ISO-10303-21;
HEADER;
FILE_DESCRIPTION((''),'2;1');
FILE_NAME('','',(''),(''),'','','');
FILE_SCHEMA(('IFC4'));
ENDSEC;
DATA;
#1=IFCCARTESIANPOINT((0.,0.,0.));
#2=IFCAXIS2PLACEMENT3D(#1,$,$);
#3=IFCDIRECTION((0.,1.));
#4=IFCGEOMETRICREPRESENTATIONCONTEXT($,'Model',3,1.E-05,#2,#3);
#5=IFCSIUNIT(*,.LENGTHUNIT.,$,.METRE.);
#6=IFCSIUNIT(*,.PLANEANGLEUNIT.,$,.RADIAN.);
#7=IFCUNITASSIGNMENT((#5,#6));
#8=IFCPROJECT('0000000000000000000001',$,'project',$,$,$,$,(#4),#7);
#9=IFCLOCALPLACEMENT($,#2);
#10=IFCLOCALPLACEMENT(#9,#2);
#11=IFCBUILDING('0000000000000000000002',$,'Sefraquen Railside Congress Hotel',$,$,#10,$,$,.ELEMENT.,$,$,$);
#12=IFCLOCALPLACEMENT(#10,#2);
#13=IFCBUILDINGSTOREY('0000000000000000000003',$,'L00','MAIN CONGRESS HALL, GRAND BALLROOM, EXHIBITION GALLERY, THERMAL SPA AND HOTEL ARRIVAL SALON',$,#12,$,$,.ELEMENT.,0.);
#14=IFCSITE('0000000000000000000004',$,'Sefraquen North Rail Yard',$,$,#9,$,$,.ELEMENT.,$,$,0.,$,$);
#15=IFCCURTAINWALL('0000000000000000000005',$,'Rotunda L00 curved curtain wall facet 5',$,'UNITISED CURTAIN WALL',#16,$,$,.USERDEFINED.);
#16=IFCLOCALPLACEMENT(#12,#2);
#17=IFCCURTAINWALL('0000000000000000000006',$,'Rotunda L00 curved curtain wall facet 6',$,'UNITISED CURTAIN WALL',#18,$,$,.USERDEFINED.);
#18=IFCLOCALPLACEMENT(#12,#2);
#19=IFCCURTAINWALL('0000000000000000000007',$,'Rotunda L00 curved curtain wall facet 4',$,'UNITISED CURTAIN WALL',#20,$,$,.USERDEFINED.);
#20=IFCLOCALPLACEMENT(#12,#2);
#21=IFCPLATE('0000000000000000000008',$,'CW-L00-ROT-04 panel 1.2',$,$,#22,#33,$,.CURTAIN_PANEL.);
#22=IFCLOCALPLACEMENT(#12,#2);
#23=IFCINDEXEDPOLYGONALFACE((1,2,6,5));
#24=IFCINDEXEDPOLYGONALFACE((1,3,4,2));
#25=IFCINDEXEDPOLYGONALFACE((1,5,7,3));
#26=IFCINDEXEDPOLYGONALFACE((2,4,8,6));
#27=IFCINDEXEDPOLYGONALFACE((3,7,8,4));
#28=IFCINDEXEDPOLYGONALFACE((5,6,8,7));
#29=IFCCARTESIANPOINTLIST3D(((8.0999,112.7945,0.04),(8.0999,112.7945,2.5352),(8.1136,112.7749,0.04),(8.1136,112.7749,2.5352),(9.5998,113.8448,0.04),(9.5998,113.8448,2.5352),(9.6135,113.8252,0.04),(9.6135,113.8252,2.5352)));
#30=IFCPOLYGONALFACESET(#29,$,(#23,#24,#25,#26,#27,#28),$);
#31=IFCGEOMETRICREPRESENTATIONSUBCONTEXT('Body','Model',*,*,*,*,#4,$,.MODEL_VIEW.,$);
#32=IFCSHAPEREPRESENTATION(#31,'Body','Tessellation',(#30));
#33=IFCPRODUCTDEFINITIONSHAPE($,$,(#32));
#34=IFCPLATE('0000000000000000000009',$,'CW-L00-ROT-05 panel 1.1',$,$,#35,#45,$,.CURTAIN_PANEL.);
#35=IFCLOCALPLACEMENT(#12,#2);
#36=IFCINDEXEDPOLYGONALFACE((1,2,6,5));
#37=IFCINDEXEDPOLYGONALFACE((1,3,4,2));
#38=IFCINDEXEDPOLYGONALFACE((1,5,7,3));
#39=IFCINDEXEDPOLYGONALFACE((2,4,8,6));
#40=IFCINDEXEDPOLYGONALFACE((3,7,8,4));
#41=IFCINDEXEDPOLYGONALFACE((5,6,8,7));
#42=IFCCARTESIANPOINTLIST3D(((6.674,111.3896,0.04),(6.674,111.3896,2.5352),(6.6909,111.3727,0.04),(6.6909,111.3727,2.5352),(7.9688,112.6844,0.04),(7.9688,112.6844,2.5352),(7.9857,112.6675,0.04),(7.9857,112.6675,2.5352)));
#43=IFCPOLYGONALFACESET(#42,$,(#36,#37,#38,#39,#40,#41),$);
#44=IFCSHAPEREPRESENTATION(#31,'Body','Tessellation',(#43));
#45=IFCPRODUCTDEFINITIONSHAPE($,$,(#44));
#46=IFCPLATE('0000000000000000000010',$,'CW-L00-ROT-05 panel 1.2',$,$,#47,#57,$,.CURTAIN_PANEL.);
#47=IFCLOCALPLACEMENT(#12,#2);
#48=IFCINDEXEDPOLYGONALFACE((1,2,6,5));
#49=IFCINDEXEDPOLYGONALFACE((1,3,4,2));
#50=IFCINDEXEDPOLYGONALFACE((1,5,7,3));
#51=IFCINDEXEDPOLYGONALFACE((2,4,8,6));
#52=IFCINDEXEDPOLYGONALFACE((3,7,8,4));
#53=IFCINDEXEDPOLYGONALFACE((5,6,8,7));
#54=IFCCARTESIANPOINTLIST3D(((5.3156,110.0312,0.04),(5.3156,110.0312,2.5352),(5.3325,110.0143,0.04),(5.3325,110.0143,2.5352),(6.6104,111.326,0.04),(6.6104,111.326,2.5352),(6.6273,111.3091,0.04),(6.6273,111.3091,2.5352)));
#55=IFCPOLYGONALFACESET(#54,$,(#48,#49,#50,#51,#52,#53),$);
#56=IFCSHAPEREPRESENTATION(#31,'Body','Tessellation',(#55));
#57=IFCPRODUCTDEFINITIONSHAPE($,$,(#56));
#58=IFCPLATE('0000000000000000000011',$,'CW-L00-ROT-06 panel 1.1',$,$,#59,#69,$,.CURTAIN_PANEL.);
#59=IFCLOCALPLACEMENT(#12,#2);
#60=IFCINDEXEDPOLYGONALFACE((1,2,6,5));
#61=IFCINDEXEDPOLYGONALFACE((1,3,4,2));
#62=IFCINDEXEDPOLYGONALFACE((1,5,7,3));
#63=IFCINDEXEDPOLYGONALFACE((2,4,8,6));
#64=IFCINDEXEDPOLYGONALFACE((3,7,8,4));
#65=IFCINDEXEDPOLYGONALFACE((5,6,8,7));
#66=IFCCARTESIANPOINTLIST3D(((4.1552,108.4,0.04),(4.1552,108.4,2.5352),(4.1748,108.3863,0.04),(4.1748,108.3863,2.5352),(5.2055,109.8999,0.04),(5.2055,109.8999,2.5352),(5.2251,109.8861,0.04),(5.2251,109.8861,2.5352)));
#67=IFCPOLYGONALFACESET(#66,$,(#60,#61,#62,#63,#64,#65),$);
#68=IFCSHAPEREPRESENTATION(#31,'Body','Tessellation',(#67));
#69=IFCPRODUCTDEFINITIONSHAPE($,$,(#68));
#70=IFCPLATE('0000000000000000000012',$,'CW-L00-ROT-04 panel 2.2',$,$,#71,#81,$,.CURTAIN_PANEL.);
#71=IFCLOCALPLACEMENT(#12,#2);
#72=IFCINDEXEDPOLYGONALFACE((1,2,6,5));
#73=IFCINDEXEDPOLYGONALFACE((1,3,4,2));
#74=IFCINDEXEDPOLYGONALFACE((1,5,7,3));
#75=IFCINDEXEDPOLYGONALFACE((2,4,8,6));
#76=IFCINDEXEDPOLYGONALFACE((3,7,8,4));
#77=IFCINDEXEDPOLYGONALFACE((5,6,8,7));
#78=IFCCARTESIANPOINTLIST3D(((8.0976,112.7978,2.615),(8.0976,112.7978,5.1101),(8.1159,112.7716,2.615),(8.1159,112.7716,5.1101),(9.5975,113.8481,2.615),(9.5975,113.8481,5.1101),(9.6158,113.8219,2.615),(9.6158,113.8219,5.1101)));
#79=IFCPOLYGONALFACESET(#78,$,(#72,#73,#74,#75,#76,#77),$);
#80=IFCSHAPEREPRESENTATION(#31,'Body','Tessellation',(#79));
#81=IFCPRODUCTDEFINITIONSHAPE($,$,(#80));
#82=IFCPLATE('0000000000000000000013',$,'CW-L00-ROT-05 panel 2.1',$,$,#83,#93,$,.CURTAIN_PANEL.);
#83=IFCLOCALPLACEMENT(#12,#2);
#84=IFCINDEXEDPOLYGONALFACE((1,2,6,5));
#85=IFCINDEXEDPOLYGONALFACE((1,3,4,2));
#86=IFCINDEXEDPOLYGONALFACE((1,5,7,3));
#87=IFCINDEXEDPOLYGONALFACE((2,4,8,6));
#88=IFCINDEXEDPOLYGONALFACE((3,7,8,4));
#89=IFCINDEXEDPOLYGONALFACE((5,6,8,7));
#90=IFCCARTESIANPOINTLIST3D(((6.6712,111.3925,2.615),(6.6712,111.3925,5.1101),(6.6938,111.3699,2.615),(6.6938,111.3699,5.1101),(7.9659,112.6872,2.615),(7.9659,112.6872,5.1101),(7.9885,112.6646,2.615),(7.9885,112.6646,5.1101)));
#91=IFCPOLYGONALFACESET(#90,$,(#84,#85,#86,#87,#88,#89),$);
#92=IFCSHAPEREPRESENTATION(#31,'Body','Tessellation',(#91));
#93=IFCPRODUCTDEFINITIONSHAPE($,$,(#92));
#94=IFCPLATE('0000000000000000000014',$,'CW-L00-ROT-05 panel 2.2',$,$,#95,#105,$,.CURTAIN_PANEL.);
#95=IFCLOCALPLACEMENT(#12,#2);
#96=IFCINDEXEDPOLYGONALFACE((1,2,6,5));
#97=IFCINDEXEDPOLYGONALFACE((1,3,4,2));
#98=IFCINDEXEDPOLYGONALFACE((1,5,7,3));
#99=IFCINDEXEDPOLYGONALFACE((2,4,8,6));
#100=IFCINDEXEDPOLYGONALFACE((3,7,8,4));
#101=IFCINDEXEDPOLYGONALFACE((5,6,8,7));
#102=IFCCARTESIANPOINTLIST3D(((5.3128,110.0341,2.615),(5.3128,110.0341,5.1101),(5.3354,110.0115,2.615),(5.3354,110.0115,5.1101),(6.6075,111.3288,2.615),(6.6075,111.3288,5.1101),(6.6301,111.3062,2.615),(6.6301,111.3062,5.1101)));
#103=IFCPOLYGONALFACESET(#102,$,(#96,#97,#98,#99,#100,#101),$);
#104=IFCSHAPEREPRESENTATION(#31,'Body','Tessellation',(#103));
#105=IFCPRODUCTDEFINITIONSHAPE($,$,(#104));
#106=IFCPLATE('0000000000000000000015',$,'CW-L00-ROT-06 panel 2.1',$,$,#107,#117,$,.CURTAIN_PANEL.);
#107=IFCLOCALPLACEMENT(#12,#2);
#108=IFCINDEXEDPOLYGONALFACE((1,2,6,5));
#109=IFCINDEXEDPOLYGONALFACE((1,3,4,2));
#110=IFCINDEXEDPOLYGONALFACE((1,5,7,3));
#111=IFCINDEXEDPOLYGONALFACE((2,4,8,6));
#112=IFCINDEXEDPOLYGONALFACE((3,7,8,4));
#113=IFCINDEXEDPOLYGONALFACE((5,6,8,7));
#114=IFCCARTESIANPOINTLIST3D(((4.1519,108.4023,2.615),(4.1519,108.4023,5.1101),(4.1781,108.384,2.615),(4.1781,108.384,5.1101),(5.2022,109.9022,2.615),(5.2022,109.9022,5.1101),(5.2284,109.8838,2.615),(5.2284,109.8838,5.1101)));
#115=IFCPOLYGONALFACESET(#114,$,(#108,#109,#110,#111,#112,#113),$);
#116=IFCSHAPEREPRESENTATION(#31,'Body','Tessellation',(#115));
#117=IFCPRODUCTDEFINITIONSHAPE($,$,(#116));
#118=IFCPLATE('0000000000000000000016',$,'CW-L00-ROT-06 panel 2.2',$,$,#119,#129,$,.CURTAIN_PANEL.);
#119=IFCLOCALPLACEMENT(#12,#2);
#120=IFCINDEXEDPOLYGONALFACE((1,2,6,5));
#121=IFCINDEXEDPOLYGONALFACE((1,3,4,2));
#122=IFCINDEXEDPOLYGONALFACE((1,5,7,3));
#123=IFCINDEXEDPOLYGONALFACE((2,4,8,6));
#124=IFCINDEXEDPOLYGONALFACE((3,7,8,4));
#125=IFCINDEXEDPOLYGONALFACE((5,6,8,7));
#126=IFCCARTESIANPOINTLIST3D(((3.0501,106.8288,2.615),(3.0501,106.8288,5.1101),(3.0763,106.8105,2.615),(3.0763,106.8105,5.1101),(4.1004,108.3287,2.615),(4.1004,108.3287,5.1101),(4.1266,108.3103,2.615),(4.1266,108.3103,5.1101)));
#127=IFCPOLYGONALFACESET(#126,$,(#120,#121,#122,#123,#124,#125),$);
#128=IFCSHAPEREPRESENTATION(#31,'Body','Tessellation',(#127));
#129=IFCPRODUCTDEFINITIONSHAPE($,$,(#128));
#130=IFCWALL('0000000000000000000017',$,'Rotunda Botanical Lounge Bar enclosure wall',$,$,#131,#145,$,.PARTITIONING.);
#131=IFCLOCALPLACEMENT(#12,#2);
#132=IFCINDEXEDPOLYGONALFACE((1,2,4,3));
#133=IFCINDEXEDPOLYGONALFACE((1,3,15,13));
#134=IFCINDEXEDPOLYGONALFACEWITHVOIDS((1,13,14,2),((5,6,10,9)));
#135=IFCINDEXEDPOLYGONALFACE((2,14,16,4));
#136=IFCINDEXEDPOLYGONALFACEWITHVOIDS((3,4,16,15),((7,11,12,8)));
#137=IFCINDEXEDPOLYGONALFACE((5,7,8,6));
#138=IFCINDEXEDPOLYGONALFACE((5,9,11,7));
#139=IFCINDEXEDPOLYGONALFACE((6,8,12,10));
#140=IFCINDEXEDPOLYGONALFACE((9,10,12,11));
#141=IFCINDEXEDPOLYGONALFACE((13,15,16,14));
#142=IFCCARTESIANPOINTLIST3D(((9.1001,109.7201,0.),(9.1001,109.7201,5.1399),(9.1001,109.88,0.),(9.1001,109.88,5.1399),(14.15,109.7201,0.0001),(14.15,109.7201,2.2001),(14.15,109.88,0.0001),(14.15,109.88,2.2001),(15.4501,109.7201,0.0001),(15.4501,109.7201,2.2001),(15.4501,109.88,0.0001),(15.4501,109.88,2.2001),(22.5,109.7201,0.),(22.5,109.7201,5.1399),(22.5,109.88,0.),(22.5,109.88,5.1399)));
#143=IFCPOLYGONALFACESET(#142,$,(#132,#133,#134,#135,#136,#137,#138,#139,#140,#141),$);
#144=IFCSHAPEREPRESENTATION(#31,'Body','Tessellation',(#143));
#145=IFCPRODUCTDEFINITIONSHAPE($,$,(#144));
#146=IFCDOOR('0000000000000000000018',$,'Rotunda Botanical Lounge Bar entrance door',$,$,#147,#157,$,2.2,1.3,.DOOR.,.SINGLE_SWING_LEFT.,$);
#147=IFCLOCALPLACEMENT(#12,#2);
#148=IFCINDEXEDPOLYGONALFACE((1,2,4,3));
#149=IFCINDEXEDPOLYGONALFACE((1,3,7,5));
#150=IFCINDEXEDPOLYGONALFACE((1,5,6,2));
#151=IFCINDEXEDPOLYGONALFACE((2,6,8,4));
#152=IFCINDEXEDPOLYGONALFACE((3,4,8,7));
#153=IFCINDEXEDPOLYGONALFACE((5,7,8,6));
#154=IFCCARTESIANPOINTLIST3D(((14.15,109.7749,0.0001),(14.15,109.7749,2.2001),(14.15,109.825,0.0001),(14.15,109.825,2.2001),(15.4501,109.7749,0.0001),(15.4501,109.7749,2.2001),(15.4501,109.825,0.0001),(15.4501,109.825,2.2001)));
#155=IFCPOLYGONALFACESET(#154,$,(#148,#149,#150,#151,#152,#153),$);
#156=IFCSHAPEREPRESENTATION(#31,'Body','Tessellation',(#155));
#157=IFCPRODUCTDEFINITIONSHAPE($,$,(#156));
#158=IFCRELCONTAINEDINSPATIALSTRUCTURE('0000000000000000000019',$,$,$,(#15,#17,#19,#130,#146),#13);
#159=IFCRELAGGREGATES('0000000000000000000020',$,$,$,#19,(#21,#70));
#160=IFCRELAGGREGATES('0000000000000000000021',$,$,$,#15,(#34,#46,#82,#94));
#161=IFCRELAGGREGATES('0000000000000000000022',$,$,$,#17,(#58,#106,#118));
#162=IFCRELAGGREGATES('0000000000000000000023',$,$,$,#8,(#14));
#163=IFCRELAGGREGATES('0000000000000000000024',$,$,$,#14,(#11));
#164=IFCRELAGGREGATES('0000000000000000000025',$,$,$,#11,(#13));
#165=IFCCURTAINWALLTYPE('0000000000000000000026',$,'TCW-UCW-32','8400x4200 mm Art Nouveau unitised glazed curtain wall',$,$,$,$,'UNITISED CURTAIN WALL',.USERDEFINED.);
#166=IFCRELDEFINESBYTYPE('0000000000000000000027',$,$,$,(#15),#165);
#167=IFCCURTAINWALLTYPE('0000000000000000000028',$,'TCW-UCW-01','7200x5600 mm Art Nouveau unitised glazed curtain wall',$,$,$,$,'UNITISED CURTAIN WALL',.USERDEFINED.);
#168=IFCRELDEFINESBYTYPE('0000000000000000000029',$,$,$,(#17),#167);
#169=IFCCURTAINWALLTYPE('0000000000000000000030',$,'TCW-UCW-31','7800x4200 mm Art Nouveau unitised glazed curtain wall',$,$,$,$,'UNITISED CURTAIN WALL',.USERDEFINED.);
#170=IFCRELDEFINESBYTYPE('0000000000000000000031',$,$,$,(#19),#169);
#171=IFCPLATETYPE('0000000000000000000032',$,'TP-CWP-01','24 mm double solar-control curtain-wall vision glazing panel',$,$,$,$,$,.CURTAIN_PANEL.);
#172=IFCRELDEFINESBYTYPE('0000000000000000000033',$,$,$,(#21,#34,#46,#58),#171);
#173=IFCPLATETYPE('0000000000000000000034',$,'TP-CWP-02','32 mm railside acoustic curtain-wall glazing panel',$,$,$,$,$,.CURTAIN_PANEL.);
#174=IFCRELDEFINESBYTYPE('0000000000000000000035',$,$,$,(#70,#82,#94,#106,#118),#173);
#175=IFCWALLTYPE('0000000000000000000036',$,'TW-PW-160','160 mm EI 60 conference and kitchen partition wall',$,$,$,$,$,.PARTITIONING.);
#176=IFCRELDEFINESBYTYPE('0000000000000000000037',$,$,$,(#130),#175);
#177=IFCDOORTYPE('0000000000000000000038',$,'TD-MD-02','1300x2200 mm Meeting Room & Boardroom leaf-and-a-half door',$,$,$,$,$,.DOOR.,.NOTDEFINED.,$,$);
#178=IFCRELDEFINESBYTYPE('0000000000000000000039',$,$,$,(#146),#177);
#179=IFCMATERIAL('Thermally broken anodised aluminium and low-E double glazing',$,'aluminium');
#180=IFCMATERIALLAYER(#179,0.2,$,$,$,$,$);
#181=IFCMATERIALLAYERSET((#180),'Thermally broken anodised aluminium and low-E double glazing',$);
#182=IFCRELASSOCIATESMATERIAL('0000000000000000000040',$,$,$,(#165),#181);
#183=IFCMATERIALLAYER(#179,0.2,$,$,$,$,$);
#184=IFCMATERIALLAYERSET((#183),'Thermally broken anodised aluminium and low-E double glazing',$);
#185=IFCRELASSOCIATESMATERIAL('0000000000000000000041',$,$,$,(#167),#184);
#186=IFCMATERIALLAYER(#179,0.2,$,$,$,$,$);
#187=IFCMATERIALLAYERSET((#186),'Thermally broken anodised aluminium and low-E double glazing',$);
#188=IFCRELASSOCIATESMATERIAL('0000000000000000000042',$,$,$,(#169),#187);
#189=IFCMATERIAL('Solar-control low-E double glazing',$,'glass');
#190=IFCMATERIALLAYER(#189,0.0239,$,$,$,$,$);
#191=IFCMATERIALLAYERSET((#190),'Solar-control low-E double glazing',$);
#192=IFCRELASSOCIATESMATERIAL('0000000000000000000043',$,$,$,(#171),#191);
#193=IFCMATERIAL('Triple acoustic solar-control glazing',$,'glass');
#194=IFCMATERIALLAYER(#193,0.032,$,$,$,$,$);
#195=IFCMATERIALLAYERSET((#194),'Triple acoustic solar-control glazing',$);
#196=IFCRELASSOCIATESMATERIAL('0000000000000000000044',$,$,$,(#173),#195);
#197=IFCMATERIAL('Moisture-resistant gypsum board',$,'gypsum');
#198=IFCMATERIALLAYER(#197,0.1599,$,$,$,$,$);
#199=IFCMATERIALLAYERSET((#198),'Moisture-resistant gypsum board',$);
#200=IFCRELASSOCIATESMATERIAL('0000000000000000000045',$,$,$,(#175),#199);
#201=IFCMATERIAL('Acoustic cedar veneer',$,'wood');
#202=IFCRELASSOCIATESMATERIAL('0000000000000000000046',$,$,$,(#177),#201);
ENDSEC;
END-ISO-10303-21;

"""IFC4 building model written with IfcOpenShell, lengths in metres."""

from ifc_helpers import new_model, si_unit, direction, frame, frame_2d, origin, origin_2d, place, context, subcontext, project, spatial, rectangle, extrude, material, layer, layer_set, type_object, element, fill, aggregate, save


model = new_model("IFC4")

# Units and contexts
model_context = context("Model", 3, precision=1e-05, world=origin(), true_north=direction((0.0, 1.0)))
body_context = subcontext(model_context, "Body", "Model", "MODEL_VIEW")
ifc_project = project(units=[si_unit("LENGTHUNIT", "METRE"), si_unit("PLANEANGLEUNIT", "RADIAN")], contexts=[model_context])

# Site, building, storey
site_placement = place(None, origin())
site = spatial("IfcSite", under=ifc_project, at=site_placement, Name="Sefraquen North Rail Yard", CompositionType="ELEMENT", RefElevation=0.0)
building_placement = place(site_placement, origin())
building = spatial("IfcBuilding", under=site, at=building_placement, Name="Sefraquen Railside Congress Hotel", CompositionType="ELEMENT")
storey_placement = place(building_placement, origin())
storey = spatial("IfcBuildingStorey", under=building, at=storey_placement, Name="L00", Description="MAIN CONGRESS HALL, GRAND BALLROOM, EXHIBITION GALLERY, THERMAL SPA AND HOTEL ARRIVAL SALON", CompositionType="ELEMENT", Elevation=0.0)

# Curtain walls
ifc_material_1 = material(Name="Thermally broken anodised aluminium and low-E double glazing", Category="aluminium")
ifc_layer_1 = layer(ifc_material_1, 0.2)
ifc_layer_set_1 = layer_set([ifc_layer_1], Name="Thermally broken anodised aluminium and low-E double glazing")
curtain_wall_type_1 = type_object("IfcCurtainWallType", Name="TCW-UCW-32", Description="8400x4200 mm Art Nouveau unitised glazed curtain wall", ElementType="UNITISED CURTAIN WALL", PredefinedType="USERDEFINED", material=ifc_layer_set_1)
curtain_wall_1_placement = place(storey_placement, origin())
curtain_wall_1 = element("IfcCurtainWall", 1, at=curtain_wall_1_placement, inside=storey, type_object=curtain_wall_type_1, Name="Rotunda L00 curved curtain wall facet 5", ObjectType="UNITISED CURTAIN WALL", PredefinedType="USERDEFINED")
ifc_layer_2 = layer(ifc_material_1, 0.2)
ifc_layer_set_2 = layer_set([ifc_layer_2], Name="Thermally broken anodised aluminium and low-E double glazing")
curtain_wall_type_2 = type_object("IfcCurtainWallType", Name="TCW-UCW-01", Description="7200x5600 mm Art Nouveau unitised glazed curtain wall", ElementType="UNITISED CURTAIN WALL", PredefinedType="USERDEFINED", material=ifc_layer_set_2)
curtain_wall_2_placement = place(storey_placement, origin())
curtain_wall_2 = element("IfcCurtainWall", 2, at=curtain_wall_2_placement, inside=storey, type_object=curtain_wall_type_2, Name="Rotunda L00 curved curtain wall facet 6", ObjectType="UNITISED CURTAIN WALL", PredefinedType="USERDEFINED")
ifc_layer_3 = layer(ifc_material_1, 0.2)
ifc_layer_set_3 = layer_set([ifc_layer_3], Name="Thermally broken anodised aluminium and low-E double glazing")
curtain_wall_type_3 = type_object("IfcCurtainWallType", Name="TCW-UCW-31", Description="7800x4200 mm Art Nouveau unitised glazed curtain wall", ElementType="UNITISED CURTAIN WALL", PredefinedType="USERDEFINED", material=ifc_layer_set_3)
curtain_wall_3_placement = place(storey_placement, origin())
curtain_wall_3 = element("IfcCurtainWall", 3, at=curtain_wall_3_placement, inside=storey, type_object=curtain_wall_type_3, Name="Rotunda L00 curved curtain wall facet 4", ObjectType="UNITISED CURTAIN WALL", PredefinedType="USERDEFINED")

# Plates
ifc_material_2 = material(Name="Solar-control low-E double glazing", Category="glass")
ifc_layer_4 = layer(ifc_material_2, 0.0239)
ifc_layer_set_4 = layer_set([ifc_layer_4], Name="Solar-control low-E double glazing")
plate_type_1 = type_object("IfcPlateType", Name="TP-CWP-01", Description="24 mm double solar-control curtain-wall vision glazing panel", PredefinedType="CURTAIN_PANEL", material=ifc_layer_set_4)
plate_1_placement = place(storey_placement, frame((8.8567, 113.3098, 0.04), z_axis=(0.0, 0.0, 1.0), x_axis=(-0.819132, -0.573605, 0.0)))
plate_1 = element("IfcPlate", 4, at=plate_1_placement, type_object=plate_type_1, Name="CW-L00-ROT-04 panel 1.2", PredefinedType="CURTAIN_PANEL", context=body_context, shape_type="SweptSolid", body=[
    extrude(rectangle(XDim=1.8311, YDim=0.0239, at=origin_2d()), origin(), (0.0, 0.0, 1.0), 2.4951),
])
plate_2_placement = place(storey_placement, frame((7.3298, 112.0286, 0.04), z_axis=(0.0, 0.0, 1.0), x_axis=(-0.707107, -0.707107, 0.0)))
plate_2 = element("IfcPlate", 5, at=plate_2_placement, type_object=plate_type_1, Name="CW-L00-ROT-05 panel 1.1", PredefinedType="CURTAIN_PANEL", context=body_context, shape_type="SweptSolid", body=[
    extrude(rectangle(XDim=1.8311, YDim=0.0239, at=origin_2d()), origin(), (0.0, 0.0, 1.0), 2.4951),
])
plate_3_placement = place(storey_placement, frame((5.9714, 110.6702, 0.04), z_axis=(0.0, 0.0, 1.0), x_axis=(-0.707107, -0.707107, 0.0)))
plate_3 = element("IfcPlate", 6, at=plate_3_placement, type_object=plate_type_1, Name="CW-L00-ROT-05 panel 1.2", PredefinedType="CURTAIN_PANEL", context=body_context, shape_type="SweptSolid", body=[
    extrude(rectangle(XDim=1.8311, YDim=0.0239, at=origin_2d()), origin(), (0.0, 0.0, 1.0), 2.4951),
])
plate_4_placement = place(storey_placement, frame((4.6902, 109.1431, 0.04), z_axis=(0.0, 0.0, 1.0), x_axis=(-0.573605, -0.819132, 0.0)))
plate_4 = element("IfcPlate", 7, at=plate_4_placement, type_object=plate_type_1, Name="CW-L00-ROT-06 panel 1.1", PredefinedType="CURTAIN_PANEL", context=body_context, shape_type="SweptSolid", body=[
    extrude(rectangle(XDim=1.8311, YDim=0.0239, at=origin_2d()), origin(), (0.0, 0.0, 1.0), 2.4951),
])
ifc_material_3 = material(Name="Triple acoustic solar-control glazing", Category="glass")
ifc_layer_5 = layer(ifc_material_3, 0.032)
ifc_layer_set_5 = layer_set([ifc_layer_5], Name="Triple acoustic solar-control glazing")
plate_type_2 = type_object("IfcPlateType", Name="TP-CWP-02", Description="32 mm railside acoustic curtain-wall glazing panel", PredefinedType="CURTAIN_PANEL", material=ifc_layer_set_5)
plate_5_placement = place(storey_placement, frame((8.8567, 113.3098, 2.615), z_axis=(0.0, 0.0, 1.0), x_axis=(-0.819132, -0.573605, 0.0)))
plate_5 = element("IfcPlate", 8, at=plate_5_placement, type_object=plate_type_2, Name="CW-L00-ROT-04 panel 2.2", PredefinedType="CURTAIN_PANEL", context=body_context, shape_type="SweptSolid", body=[
    extrude(rectangle(XDim=1.8311, YDim=0.032, at=origin_2d()), origin(), (0.0, 0.0, 1.0), 2.4951),
])
aggregate(curtain_wall_3, [plate_1, plate_5])
plate_6_placement = place(storey_placement, frame((7.3298, 112.0286, 2.615), z_axis=(0.0, 0.0, 1.0), x_axis=(-0.707107, -0.707107, 0.0)))
plate_6 = element("IfcPlate", 9, at=plate_6_placement, type_object=plate_type_2, Name="CW-L00-ROT-05 panel 2.1", PredefinedType="CURTAIN_PANEL", context=body_context, shape_type="SweptSolid", body=[
    extrude(rectangle(XDim=1.8311, YDim=0.032, at=origin_2d()), origin(), (0.0, 0.0, 1.0), 2.4951),
])
plate_7_placement = place(storey_placement, frame((5.9714, 110.6702, 2.615), z_axis=(0.0, 0.0, 1.0), x_axis=(-0.707107, -0.707107, 0.0)))
plate_7 = element("IfcPlate", 10, at=plate_7_placement, type_object=plate_type_2, Name="CW-L00-ROT-05 panel 2.2", PredefinedType="CURTAIN_PANEL", context=body_context, shape_type="SweptSolid", body=[
    extrude(rectangle(XDim=1.8311, YDim=0.032, at=origin_2d()), origin(), (0.0, 0.0, 1.0), 2.4951),
])
aggregate(curtain_wall_1, [plate_2, plate_3, plate_6, plate_7])
plate_8_placement = place(storey_placement, frame((4.6902, 109.1431, 2.615), z_axis=(0.0, 0.0, 1.0), x_axis=(-0.573605, -0.819132, 0.0)))
plate_8 = element("IfcPlate", 11, at=plate_8_placement, type_object=plate_type_2, Name="CW-L00-ROT-06 panel 2.1", PredefinedType="CURTAIN_PANEL", context=body_context, shape_type="SweptSolid", body=[
    extrude(rectangle(XDim=1.8311, YDim=0.032, at=origin_2d()), origin(), (0.0, 0.0, 1.0), 2.4951),
])
plate_9_placement = place(storey_placement, frame((3.5884, 107.5696, 2.615), z_axis=(0.0, 0.0, 1.0), x_axis=(-0.573605, -0.819132, 0.0)))
plate_9 = element("IfcPlate", 12, at=plate_9_placement, type_object=plate_type_2, Name="CW-L00-ROT-06 panel 2.2", PredefinedType="CURTAIN_PANEL", context=body_context, shape_type="SweptSolid", body=[
    extrude(rectangle(XDim=1.8311, YDim=0.032, at=origin_2d()), origin(), (0.0, 0.0, 1.0), 2.4951),
])
aggregate(curtain_wall_2, [plate_4, plate_8, plate_9])

# Wall, opening, door
ifc_material_4 = material(Name="Moisture-resistant gypsum board", Category="gypsum")
ifc_layer_6 = layer(ifc_material_4, 0.1599)
ifc_layer_set_6 = layer_set([ifc_layer_6], Name="Moisture-resistant gypsum board")
wall_type = type_object("IfcWallType", Name="TW-PW-160", Description="160 mm EI 60 conference and kitchen partition wall", PredefinedType="PARTITIONING", material=ifc_layer_set_6)
wall_placement = place(storey_placement, frame((9.1001, 109.8, 0.0), z_axis=(0.0, 0.0, 1.0), x_axis=(1.0, 0.0, 0.0)))
wall = element("IfcWall", 13, at=wall_placement, inside=storey, type_object=wall_type, Name="Rotunda Botanical Lounge Bar enclosure wall", PredefinedType="PARTITIONING", context=body_context, shape_type="SweptSolid", body=[
    extrude(rectangle(XDim=13.3999, YDim=0.1599, at=frame_2d((6.7, 0.0))), origin(), (0.0, 0.0, 1.0), 5.1399),
])
opening_placement = place(wall_placement, frame((5.05, 0.0, 0.0)))
opening = element("IfcOpeningElement", 14, at=opening_placement, cuts=wall, PredefinedType="OPENING", context=body_context, shape_type="SweptSolid", body=[
    extrude(rectangle(XDim=1.3, YDim=2.2, at=frame_2d((0.6499, 1.1001))), frame((0.0, 0.0898, 0.0), z_axis=(0.0, -1.0, 0.0), x_axis=(1.0, 0.0, 0.0)), (0.0, 0.0, 1.0), 0.1799),
])
ifc_material_5 = material(Name="Acoustic cedar veneer", Category="wood")
door_type = type_object("IfcDoorType", Name="TD-MD-02", Description="1300x2200 mm Meeting Room & Boardroom leaf-and-a-half door", OperationType="NOTDEFINED", PredefinedType="DOOR", material=ifc_material_5)
door_placement = place(opening_placement, origin())
door = element("IfcDoor", 15, at=door_placement, inside=storey, type_object=door_type, Name="Rotunda Botanical Lounge Bar entrance door", OperationType="SINGLE_SWING_LEFT", OverallHeight=2.2, OverallWidth=1.3, PredefinedType="DOOR", context=body_context, shape_type="SweptSolid", body=[
    extrude(rectangle(XDim=1.3, YDim=2.2, at=frame_2d((0.6499, 1.1001))), frame((0.0, 0.0249, 0.0), z_axis=(0.0, -1.0, 0.0), x_axis=(1.0, 0.0, 0.0)), (0.0, 0.0, 1.0), 0.05),
])
fill(opening, door)

save(model, "model.ifc")
